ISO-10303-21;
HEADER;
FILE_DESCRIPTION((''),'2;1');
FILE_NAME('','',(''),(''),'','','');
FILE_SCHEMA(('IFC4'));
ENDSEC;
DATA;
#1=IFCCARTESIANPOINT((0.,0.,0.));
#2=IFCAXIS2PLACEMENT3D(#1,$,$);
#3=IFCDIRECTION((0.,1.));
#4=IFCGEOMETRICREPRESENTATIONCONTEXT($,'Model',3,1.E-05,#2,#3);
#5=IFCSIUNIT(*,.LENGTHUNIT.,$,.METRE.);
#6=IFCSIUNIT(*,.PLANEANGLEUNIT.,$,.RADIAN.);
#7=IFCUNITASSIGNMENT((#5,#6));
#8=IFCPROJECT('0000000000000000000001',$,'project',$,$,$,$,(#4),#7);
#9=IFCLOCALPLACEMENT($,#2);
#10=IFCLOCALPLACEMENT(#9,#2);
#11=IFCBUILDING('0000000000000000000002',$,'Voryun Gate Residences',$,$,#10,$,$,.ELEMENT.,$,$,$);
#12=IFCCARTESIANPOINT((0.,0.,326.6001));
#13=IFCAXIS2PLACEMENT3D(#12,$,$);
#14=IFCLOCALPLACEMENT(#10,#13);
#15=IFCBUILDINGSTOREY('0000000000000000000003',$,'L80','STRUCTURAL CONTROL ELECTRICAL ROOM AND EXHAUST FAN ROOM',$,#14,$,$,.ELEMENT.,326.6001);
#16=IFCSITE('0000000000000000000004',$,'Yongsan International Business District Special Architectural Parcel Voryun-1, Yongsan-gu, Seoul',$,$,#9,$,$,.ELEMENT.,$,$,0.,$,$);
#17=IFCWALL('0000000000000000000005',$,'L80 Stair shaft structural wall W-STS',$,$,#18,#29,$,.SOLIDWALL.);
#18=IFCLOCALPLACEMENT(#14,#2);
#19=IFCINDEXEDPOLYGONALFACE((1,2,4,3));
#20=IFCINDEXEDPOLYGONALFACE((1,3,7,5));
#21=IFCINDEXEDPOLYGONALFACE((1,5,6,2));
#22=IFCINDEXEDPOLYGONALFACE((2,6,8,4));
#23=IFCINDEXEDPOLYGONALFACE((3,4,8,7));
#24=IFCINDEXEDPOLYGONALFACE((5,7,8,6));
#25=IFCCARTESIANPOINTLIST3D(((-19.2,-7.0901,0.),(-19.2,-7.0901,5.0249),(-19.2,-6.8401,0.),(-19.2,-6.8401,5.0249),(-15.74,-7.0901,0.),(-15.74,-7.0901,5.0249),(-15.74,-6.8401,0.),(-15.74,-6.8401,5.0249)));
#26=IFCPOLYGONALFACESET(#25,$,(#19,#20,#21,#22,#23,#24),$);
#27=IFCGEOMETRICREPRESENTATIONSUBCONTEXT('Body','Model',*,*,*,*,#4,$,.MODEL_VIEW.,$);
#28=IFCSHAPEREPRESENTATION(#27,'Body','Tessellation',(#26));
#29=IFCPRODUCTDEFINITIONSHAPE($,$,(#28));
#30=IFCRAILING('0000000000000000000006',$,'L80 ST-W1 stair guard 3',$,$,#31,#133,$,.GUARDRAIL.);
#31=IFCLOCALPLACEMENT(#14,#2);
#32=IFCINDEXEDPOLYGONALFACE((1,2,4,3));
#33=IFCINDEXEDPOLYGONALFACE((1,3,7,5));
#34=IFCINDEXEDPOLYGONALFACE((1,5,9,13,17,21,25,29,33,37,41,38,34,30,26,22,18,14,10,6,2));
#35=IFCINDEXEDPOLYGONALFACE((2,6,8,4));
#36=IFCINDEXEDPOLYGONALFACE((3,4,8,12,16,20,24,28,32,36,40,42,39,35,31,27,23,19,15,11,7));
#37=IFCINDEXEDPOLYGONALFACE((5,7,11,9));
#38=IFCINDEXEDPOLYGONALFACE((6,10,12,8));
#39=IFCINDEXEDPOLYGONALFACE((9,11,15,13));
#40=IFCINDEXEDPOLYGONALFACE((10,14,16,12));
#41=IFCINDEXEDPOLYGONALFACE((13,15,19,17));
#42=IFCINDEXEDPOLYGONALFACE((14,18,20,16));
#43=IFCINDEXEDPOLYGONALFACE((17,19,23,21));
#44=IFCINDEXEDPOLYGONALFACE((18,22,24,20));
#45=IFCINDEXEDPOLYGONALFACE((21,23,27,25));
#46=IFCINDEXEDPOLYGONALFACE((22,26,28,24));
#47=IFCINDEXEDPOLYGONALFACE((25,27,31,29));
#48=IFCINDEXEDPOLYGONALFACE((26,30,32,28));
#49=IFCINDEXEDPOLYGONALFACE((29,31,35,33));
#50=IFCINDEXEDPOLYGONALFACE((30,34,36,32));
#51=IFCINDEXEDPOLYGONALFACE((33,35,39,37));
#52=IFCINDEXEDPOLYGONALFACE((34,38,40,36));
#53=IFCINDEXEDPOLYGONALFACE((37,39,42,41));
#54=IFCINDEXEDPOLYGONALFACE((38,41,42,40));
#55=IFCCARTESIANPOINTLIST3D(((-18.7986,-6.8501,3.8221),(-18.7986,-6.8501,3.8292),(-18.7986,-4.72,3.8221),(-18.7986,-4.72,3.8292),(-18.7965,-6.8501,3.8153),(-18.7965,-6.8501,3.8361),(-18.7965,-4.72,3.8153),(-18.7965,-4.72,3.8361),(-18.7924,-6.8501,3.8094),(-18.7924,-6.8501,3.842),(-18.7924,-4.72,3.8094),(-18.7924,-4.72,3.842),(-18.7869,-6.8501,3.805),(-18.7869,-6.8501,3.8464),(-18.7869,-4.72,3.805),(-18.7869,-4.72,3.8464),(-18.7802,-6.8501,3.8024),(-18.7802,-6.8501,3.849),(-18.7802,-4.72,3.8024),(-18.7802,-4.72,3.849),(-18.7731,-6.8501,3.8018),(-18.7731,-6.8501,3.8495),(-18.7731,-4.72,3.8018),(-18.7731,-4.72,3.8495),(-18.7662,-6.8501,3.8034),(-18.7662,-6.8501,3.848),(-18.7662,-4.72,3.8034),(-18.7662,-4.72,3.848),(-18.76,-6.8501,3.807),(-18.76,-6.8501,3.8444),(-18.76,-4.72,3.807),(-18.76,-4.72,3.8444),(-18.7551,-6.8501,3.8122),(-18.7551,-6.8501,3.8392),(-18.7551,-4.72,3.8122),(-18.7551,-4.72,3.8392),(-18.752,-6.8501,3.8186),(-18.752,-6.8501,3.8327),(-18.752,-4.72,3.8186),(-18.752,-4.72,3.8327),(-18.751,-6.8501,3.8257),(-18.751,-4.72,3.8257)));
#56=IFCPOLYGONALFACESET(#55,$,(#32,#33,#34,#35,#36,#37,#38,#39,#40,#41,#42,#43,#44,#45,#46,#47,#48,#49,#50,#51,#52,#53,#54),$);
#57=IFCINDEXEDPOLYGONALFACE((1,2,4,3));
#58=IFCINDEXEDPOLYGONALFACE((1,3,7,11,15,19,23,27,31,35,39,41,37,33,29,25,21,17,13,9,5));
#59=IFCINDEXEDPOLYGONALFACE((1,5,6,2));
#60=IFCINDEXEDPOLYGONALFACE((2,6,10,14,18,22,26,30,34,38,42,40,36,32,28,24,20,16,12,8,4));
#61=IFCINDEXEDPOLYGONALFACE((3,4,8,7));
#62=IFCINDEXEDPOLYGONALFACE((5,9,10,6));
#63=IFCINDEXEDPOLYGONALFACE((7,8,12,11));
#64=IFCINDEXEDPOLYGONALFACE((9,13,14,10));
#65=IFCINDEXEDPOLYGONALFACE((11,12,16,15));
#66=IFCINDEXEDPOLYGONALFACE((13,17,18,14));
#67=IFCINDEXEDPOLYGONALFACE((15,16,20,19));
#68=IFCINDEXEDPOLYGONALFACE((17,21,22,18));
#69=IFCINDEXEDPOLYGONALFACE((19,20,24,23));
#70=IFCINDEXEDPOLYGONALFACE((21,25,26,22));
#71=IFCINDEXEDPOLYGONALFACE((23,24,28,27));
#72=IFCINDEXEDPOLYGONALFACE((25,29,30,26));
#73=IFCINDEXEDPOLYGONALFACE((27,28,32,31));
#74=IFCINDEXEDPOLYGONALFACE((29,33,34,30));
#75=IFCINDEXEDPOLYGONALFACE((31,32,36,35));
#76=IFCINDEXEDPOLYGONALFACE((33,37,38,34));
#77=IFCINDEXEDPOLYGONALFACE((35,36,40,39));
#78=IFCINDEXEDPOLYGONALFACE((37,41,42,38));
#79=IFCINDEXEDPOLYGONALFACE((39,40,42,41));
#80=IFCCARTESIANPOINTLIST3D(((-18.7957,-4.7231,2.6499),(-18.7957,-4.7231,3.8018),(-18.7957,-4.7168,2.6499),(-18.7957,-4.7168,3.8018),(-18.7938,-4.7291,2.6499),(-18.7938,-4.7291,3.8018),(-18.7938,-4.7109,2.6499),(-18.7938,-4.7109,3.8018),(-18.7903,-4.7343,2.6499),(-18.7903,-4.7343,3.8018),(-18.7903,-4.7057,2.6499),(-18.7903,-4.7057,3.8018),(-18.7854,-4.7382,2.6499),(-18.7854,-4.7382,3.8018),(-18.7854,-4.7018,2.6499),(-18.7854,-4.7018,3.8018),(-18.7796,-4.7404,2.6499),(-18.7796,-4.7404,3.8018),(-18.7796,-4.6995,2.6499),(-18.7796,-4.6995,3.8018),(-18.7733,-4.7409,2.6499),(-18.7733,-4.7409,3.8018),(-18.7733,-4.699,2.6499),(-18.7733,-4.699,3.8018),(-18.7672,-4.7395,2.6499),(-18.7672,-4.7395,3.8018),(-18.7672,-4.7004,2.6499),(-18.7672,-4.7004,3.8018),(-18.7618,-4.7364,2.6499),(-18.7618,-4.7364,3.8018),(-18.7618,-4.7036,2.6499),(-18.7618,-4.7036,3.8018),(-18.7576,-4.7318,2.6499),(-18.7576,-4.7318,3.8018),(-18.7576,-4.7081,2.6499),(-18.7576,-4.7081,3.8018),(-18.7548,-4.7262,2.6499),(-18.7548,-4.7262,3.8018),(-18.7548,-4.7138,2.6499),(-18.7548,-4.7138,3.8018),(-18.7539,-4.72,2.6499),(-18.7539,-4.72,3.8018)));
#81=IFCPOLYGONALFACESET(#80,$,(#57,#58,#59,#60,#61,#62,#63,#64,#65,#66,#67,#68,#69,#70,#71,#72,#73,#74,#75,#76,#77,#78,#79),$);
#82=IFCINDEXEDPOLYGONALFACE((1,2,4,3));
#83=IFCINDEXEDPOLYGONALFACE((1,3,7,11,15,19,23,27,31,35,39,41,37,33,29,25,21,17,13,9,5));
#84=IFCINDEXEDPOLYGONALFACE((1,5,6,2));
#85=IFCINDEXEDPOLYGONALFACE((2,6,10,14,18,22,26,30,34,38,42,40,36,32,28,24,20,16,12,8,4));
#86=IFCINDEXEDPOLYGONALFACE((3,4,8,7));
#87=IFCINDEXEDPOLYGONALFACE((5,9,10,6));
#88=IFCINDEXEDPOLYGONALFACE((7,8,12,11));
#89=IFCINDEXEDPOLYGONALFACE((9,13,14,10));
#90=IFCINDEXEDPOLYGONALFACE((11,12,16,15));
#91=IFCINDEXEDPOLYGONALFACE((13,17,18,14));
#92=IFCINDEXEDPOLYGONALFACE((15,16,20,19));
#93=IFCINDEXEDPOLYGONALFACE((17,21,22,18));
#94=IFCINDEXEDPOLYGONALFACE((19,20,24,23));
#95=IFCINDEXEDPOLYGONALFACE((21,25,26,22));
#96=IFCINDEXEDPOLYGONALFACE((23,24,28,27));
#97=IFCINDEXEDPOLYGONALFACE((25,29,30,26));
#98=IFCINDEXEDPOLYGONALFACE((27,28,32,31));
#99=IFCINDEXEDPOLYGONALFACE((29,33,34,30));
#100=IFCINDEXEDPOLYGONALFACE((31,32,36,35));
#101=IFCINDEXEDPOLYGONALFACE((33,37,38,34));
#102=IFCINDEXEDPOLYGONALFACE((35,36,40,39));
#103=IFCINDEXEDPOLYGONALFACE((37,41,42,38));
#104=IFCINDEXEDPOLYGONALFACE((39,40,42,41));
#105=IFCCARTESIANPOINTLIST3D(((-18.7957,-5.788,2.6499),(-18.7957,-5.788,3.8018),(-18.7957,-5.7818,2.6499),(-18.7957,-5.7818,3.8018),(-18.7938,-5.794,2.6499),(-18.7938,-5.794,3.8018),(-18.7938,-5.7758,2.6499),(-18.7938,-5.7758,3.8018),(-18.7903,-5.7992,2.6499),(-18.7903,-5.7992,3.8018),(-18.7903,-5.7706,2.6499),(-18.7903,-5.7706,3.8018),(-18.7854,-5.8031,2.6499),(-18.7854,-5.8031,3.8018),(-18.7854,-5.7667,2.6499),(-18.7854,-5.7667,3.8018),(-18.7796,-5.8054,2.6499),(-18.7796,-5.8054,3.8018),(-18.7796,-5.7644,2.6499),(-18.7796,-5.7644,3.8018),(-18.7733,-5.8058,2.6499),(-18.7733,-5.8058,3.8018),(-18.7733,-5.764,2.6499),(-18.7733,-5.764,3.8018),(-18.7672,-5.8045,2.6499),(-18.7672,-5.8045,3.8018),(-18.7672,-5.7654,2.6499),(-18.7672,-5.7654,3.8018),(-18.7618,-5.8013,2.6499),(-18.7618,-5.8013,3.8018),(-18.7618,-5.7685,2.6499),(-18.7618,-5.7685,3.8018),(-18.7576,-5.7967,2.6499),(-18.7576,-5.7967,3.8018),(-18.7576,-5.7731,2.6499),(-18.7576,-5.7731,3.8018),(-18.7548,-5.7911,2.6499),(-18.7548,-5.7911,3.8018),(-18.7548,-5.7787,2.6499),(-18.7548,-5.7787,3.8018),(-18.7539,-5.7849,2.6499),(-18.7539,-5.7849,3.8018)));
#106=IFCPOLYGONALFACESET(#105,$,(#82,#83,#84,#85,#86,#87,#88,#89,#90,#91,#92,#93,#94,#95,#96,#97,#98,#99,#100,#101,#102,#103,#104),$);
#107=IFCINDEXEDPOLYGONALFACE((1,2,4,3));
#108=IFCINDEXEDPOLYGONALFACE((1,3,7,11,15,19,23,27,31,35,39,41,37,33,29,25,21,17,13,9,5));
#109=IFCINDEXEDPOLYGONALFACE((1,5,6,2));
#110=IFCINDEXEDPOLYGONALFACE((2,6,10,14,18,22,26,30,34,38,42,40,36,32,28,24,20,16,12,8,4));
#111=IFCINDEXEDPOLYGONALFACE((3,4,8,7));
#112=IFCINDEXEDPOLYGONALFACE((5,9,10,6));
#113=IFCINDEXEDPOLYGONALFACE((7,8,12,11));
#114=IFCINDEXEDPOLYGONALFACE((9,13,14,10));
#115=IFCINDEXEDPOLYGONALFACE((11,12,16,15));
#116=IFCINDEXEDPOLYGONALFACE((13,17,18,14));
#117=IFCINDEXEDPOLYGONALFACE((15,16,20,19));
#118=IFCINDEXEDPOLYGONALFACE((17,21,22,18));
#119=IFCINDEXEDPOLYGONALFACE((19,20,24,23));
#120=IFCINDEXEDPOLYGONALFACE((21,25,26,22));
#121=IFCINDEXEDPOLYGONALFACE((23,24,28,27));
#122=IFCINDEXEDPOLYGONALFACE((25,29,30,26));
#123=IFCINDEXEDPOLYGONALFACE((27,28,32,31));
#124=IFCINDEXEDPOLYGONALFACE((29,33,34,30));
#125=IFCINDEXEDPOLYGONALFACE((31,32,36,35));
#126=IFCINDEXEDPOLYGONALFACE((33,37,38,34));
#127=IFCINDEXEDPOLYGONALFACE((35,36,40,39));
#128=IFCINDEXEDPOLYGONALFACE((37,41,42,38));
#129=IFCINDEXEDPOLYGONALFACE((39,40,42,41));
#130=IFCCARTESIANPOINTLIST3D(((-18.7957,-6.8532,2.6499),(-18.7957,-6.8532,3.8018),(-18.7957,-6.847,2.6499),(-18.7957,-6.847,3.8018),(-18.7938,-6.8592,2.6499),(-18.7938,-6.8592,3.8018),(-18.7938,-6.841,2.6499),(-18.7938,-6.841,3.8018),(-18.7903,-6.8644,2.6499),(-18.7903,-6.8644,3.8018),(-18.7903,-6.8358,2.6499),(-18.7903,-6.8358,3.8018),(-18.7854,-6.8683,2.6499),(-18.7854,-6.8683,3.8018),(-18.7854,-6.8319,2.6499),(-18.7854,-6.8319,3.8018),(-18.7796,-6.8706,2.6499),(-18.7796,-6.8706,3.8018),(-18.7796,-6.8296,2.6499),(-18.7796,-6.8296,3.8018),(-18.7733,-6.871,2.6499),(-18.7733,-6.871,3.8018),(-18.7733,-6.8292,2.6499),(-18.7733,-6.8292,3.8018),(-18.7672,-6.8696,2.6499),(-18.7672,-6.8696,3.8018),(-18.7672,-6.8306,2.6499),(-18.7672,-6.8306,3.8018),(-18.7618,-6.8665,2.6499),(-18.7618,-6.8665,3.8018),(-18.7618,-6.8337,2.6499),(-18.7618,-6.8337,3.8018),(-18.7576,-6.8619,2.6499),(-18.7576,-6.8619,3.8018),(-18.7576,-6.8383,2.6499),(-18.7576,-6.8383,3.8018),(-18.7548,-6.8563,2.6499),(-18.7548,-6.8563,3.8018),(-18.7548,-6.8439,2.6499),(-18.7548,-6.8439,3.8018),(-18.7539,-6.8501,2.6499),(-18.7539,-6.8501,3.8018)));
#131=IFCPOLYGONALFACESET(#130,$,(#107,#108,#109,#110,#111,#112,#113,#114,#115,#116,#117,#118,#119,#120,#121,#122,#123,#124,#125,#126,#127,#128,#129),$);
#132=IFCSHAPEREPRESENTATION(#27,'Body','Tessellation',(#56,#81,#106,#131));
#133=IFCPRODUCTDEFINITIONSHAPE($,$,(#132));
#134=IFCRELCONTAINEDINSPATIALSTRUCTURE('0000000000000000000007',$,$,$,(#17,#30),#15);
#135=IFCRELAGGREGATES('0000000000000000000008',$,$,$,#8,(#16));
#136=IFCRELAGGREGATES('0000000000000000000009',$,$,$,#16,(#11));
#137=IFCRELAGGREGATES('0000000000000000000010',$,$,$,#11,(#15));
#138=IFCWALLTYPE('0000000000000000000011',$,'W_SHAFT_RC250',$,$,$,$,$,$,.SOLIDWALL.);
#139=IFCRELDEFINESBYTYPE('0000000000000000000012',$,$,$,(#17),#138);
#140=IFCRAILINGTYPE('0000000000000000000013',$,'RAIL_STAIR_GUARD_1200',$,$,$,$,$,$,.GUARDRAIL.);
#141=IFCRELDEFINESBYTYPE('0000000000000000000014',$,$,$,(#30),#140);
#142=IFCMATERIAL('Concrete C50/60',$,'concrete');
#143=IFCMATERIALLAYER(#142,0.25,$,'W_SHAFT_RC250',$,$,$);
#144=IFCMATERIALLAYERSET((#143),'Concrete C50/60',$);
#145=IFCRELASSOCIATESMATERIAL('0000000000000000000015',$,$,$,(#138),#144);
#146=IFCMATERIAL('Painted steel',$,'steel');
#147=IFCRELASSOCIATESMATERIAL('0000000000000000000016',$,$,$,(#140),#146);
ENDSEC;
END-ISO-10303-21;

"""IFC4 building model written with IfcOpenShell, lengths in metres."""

from ifc_helpers import new_model, si_unit, direction, frame, frame_2d, origin, origin_2d, place, context, subcontext, project, spatial, rectangle, circle, extrude, material, layer, layer_set, type_object, element, save


model = new_model("IFC4")

# Units and contexts
model_context = context("Model", 3, precision=1e-05, world=origin(), true_north=direction((0.0, 1.0)))
body_context = subcontext(model_context, "Body", "Model", "MODEL_VIEW")
ifc_project = project(units=[si_unit("LENGTHUNIT", "METRE"), si_unit("PLANEANGLEUNIT", "RADIAN")], contexts=[model_context])

# Site, building, storey
site_placement = place(None, origin())
site = spatial("IfcSite", under=ifc_project, at=site_placement, Name="Yongsan International Business District Special Architectural Parcel Voryun-1, Yongsan-gu, Seoul", CompositionType="ELEMENT", RefElevation=0.0)
building_placement = place(site_placement, origin())
building = spatial("IfcBuilding", under=site, at=building_placement, Name="Voryun Gate Residences", CompositionType="ELEMENT")
storey_placement = place(building_placement, frame((0.0, 0.0, 326.6001)))
storey = spatial("IfcBuildingStorey", under=building, at=storey_placement, Name="L80", Description="STRUCTURAL CONTROL ELECTRICAL ROOM AND EXHAUST FAN ROOM", CompositionType="ELEMENT", Elevation=326.6001)

# Wall
ifc_material_1 = material(Name="Concrete C50/60", Category="concrete")
ifc_layer_1 = layer(ifc_material_1, 0.25, Name="W_SHAFT_RC250")
ifc_layer_set_1 = layer_set([ifc_layer_1], Name="Concrete C50/60")
wall_type_1 = type_object("IfcWallType", Name="W_SHAFT_RC250", PredefinedType="SOLIDWALL", material=ifc_layer_set_1)
wall_1_placement = place(storey_placement, frame((-19.2, -6.9651, 0.0), z_axis=(0.0, 0.0, 1.0), x_axis=(1.0, 0.0, 0.0)))
element("IfcWall", 1, at=wall_1_placement, inside=storey, type_object=wall_type_1, Name="L80 Stair shaft structural wall W-STS", PredefinedType="SOLIDWALL", context=body_context, shape_type="SweptSolid", body=[
    extrude(rectangle(XDim=3.46, YDim=0.25, at=frame_2d((1.73, 0.0))), origin(), (0.0, 0.0, 1.0), 5.0249),
])

# Railing
ifc_material_2 = material(Name="Painted steel", Category="steel")
railing_type = type_object("IfcRailingType", Name="RAIL_STAIR_GUARD_1200", PredefinedType="GUARDRAIL", material=ifc_material_2)
railing_1_placement = place(storey_placement, frame((-18.7749, -4.72, 2.6499)))
element("IfcRailing", 2, at=railing_1_placement, inside=storey, type_object=railing_type, Name="L80 ST-W1 stair guard 3", PredefinedType="GUARDRAIL", context=body_context, shape_type="SweptSolid", body=[
    extrude(circle(Radius=0.0239, at=origin_2d()), frame((0.0, 0.0, 1.1758), z_axis=(0.0, -1.0, 0.0), x_axis=(1.0, 0.0, 0.0)), (0.0, 0.0, 1.0), 2.1301),
    extrude(circle(Radius=0.021, at=origin_2d()), origin(), (0.0, 0.0, 1.0), 1.1519),
    extrude(circle(Radius=0.021, at=origin_2d()), frame((0.0, -1.0649, 0.0)), (0.0, 0.0, 1.0), 1.1519),
    extrude(circle(Radius=0.021, at=origin_2d()), frame((0.0, -2.1301, 0.0)), (0.0, 0.0, 1.0), 1.1519),
])

save(model, "model.ifc")
